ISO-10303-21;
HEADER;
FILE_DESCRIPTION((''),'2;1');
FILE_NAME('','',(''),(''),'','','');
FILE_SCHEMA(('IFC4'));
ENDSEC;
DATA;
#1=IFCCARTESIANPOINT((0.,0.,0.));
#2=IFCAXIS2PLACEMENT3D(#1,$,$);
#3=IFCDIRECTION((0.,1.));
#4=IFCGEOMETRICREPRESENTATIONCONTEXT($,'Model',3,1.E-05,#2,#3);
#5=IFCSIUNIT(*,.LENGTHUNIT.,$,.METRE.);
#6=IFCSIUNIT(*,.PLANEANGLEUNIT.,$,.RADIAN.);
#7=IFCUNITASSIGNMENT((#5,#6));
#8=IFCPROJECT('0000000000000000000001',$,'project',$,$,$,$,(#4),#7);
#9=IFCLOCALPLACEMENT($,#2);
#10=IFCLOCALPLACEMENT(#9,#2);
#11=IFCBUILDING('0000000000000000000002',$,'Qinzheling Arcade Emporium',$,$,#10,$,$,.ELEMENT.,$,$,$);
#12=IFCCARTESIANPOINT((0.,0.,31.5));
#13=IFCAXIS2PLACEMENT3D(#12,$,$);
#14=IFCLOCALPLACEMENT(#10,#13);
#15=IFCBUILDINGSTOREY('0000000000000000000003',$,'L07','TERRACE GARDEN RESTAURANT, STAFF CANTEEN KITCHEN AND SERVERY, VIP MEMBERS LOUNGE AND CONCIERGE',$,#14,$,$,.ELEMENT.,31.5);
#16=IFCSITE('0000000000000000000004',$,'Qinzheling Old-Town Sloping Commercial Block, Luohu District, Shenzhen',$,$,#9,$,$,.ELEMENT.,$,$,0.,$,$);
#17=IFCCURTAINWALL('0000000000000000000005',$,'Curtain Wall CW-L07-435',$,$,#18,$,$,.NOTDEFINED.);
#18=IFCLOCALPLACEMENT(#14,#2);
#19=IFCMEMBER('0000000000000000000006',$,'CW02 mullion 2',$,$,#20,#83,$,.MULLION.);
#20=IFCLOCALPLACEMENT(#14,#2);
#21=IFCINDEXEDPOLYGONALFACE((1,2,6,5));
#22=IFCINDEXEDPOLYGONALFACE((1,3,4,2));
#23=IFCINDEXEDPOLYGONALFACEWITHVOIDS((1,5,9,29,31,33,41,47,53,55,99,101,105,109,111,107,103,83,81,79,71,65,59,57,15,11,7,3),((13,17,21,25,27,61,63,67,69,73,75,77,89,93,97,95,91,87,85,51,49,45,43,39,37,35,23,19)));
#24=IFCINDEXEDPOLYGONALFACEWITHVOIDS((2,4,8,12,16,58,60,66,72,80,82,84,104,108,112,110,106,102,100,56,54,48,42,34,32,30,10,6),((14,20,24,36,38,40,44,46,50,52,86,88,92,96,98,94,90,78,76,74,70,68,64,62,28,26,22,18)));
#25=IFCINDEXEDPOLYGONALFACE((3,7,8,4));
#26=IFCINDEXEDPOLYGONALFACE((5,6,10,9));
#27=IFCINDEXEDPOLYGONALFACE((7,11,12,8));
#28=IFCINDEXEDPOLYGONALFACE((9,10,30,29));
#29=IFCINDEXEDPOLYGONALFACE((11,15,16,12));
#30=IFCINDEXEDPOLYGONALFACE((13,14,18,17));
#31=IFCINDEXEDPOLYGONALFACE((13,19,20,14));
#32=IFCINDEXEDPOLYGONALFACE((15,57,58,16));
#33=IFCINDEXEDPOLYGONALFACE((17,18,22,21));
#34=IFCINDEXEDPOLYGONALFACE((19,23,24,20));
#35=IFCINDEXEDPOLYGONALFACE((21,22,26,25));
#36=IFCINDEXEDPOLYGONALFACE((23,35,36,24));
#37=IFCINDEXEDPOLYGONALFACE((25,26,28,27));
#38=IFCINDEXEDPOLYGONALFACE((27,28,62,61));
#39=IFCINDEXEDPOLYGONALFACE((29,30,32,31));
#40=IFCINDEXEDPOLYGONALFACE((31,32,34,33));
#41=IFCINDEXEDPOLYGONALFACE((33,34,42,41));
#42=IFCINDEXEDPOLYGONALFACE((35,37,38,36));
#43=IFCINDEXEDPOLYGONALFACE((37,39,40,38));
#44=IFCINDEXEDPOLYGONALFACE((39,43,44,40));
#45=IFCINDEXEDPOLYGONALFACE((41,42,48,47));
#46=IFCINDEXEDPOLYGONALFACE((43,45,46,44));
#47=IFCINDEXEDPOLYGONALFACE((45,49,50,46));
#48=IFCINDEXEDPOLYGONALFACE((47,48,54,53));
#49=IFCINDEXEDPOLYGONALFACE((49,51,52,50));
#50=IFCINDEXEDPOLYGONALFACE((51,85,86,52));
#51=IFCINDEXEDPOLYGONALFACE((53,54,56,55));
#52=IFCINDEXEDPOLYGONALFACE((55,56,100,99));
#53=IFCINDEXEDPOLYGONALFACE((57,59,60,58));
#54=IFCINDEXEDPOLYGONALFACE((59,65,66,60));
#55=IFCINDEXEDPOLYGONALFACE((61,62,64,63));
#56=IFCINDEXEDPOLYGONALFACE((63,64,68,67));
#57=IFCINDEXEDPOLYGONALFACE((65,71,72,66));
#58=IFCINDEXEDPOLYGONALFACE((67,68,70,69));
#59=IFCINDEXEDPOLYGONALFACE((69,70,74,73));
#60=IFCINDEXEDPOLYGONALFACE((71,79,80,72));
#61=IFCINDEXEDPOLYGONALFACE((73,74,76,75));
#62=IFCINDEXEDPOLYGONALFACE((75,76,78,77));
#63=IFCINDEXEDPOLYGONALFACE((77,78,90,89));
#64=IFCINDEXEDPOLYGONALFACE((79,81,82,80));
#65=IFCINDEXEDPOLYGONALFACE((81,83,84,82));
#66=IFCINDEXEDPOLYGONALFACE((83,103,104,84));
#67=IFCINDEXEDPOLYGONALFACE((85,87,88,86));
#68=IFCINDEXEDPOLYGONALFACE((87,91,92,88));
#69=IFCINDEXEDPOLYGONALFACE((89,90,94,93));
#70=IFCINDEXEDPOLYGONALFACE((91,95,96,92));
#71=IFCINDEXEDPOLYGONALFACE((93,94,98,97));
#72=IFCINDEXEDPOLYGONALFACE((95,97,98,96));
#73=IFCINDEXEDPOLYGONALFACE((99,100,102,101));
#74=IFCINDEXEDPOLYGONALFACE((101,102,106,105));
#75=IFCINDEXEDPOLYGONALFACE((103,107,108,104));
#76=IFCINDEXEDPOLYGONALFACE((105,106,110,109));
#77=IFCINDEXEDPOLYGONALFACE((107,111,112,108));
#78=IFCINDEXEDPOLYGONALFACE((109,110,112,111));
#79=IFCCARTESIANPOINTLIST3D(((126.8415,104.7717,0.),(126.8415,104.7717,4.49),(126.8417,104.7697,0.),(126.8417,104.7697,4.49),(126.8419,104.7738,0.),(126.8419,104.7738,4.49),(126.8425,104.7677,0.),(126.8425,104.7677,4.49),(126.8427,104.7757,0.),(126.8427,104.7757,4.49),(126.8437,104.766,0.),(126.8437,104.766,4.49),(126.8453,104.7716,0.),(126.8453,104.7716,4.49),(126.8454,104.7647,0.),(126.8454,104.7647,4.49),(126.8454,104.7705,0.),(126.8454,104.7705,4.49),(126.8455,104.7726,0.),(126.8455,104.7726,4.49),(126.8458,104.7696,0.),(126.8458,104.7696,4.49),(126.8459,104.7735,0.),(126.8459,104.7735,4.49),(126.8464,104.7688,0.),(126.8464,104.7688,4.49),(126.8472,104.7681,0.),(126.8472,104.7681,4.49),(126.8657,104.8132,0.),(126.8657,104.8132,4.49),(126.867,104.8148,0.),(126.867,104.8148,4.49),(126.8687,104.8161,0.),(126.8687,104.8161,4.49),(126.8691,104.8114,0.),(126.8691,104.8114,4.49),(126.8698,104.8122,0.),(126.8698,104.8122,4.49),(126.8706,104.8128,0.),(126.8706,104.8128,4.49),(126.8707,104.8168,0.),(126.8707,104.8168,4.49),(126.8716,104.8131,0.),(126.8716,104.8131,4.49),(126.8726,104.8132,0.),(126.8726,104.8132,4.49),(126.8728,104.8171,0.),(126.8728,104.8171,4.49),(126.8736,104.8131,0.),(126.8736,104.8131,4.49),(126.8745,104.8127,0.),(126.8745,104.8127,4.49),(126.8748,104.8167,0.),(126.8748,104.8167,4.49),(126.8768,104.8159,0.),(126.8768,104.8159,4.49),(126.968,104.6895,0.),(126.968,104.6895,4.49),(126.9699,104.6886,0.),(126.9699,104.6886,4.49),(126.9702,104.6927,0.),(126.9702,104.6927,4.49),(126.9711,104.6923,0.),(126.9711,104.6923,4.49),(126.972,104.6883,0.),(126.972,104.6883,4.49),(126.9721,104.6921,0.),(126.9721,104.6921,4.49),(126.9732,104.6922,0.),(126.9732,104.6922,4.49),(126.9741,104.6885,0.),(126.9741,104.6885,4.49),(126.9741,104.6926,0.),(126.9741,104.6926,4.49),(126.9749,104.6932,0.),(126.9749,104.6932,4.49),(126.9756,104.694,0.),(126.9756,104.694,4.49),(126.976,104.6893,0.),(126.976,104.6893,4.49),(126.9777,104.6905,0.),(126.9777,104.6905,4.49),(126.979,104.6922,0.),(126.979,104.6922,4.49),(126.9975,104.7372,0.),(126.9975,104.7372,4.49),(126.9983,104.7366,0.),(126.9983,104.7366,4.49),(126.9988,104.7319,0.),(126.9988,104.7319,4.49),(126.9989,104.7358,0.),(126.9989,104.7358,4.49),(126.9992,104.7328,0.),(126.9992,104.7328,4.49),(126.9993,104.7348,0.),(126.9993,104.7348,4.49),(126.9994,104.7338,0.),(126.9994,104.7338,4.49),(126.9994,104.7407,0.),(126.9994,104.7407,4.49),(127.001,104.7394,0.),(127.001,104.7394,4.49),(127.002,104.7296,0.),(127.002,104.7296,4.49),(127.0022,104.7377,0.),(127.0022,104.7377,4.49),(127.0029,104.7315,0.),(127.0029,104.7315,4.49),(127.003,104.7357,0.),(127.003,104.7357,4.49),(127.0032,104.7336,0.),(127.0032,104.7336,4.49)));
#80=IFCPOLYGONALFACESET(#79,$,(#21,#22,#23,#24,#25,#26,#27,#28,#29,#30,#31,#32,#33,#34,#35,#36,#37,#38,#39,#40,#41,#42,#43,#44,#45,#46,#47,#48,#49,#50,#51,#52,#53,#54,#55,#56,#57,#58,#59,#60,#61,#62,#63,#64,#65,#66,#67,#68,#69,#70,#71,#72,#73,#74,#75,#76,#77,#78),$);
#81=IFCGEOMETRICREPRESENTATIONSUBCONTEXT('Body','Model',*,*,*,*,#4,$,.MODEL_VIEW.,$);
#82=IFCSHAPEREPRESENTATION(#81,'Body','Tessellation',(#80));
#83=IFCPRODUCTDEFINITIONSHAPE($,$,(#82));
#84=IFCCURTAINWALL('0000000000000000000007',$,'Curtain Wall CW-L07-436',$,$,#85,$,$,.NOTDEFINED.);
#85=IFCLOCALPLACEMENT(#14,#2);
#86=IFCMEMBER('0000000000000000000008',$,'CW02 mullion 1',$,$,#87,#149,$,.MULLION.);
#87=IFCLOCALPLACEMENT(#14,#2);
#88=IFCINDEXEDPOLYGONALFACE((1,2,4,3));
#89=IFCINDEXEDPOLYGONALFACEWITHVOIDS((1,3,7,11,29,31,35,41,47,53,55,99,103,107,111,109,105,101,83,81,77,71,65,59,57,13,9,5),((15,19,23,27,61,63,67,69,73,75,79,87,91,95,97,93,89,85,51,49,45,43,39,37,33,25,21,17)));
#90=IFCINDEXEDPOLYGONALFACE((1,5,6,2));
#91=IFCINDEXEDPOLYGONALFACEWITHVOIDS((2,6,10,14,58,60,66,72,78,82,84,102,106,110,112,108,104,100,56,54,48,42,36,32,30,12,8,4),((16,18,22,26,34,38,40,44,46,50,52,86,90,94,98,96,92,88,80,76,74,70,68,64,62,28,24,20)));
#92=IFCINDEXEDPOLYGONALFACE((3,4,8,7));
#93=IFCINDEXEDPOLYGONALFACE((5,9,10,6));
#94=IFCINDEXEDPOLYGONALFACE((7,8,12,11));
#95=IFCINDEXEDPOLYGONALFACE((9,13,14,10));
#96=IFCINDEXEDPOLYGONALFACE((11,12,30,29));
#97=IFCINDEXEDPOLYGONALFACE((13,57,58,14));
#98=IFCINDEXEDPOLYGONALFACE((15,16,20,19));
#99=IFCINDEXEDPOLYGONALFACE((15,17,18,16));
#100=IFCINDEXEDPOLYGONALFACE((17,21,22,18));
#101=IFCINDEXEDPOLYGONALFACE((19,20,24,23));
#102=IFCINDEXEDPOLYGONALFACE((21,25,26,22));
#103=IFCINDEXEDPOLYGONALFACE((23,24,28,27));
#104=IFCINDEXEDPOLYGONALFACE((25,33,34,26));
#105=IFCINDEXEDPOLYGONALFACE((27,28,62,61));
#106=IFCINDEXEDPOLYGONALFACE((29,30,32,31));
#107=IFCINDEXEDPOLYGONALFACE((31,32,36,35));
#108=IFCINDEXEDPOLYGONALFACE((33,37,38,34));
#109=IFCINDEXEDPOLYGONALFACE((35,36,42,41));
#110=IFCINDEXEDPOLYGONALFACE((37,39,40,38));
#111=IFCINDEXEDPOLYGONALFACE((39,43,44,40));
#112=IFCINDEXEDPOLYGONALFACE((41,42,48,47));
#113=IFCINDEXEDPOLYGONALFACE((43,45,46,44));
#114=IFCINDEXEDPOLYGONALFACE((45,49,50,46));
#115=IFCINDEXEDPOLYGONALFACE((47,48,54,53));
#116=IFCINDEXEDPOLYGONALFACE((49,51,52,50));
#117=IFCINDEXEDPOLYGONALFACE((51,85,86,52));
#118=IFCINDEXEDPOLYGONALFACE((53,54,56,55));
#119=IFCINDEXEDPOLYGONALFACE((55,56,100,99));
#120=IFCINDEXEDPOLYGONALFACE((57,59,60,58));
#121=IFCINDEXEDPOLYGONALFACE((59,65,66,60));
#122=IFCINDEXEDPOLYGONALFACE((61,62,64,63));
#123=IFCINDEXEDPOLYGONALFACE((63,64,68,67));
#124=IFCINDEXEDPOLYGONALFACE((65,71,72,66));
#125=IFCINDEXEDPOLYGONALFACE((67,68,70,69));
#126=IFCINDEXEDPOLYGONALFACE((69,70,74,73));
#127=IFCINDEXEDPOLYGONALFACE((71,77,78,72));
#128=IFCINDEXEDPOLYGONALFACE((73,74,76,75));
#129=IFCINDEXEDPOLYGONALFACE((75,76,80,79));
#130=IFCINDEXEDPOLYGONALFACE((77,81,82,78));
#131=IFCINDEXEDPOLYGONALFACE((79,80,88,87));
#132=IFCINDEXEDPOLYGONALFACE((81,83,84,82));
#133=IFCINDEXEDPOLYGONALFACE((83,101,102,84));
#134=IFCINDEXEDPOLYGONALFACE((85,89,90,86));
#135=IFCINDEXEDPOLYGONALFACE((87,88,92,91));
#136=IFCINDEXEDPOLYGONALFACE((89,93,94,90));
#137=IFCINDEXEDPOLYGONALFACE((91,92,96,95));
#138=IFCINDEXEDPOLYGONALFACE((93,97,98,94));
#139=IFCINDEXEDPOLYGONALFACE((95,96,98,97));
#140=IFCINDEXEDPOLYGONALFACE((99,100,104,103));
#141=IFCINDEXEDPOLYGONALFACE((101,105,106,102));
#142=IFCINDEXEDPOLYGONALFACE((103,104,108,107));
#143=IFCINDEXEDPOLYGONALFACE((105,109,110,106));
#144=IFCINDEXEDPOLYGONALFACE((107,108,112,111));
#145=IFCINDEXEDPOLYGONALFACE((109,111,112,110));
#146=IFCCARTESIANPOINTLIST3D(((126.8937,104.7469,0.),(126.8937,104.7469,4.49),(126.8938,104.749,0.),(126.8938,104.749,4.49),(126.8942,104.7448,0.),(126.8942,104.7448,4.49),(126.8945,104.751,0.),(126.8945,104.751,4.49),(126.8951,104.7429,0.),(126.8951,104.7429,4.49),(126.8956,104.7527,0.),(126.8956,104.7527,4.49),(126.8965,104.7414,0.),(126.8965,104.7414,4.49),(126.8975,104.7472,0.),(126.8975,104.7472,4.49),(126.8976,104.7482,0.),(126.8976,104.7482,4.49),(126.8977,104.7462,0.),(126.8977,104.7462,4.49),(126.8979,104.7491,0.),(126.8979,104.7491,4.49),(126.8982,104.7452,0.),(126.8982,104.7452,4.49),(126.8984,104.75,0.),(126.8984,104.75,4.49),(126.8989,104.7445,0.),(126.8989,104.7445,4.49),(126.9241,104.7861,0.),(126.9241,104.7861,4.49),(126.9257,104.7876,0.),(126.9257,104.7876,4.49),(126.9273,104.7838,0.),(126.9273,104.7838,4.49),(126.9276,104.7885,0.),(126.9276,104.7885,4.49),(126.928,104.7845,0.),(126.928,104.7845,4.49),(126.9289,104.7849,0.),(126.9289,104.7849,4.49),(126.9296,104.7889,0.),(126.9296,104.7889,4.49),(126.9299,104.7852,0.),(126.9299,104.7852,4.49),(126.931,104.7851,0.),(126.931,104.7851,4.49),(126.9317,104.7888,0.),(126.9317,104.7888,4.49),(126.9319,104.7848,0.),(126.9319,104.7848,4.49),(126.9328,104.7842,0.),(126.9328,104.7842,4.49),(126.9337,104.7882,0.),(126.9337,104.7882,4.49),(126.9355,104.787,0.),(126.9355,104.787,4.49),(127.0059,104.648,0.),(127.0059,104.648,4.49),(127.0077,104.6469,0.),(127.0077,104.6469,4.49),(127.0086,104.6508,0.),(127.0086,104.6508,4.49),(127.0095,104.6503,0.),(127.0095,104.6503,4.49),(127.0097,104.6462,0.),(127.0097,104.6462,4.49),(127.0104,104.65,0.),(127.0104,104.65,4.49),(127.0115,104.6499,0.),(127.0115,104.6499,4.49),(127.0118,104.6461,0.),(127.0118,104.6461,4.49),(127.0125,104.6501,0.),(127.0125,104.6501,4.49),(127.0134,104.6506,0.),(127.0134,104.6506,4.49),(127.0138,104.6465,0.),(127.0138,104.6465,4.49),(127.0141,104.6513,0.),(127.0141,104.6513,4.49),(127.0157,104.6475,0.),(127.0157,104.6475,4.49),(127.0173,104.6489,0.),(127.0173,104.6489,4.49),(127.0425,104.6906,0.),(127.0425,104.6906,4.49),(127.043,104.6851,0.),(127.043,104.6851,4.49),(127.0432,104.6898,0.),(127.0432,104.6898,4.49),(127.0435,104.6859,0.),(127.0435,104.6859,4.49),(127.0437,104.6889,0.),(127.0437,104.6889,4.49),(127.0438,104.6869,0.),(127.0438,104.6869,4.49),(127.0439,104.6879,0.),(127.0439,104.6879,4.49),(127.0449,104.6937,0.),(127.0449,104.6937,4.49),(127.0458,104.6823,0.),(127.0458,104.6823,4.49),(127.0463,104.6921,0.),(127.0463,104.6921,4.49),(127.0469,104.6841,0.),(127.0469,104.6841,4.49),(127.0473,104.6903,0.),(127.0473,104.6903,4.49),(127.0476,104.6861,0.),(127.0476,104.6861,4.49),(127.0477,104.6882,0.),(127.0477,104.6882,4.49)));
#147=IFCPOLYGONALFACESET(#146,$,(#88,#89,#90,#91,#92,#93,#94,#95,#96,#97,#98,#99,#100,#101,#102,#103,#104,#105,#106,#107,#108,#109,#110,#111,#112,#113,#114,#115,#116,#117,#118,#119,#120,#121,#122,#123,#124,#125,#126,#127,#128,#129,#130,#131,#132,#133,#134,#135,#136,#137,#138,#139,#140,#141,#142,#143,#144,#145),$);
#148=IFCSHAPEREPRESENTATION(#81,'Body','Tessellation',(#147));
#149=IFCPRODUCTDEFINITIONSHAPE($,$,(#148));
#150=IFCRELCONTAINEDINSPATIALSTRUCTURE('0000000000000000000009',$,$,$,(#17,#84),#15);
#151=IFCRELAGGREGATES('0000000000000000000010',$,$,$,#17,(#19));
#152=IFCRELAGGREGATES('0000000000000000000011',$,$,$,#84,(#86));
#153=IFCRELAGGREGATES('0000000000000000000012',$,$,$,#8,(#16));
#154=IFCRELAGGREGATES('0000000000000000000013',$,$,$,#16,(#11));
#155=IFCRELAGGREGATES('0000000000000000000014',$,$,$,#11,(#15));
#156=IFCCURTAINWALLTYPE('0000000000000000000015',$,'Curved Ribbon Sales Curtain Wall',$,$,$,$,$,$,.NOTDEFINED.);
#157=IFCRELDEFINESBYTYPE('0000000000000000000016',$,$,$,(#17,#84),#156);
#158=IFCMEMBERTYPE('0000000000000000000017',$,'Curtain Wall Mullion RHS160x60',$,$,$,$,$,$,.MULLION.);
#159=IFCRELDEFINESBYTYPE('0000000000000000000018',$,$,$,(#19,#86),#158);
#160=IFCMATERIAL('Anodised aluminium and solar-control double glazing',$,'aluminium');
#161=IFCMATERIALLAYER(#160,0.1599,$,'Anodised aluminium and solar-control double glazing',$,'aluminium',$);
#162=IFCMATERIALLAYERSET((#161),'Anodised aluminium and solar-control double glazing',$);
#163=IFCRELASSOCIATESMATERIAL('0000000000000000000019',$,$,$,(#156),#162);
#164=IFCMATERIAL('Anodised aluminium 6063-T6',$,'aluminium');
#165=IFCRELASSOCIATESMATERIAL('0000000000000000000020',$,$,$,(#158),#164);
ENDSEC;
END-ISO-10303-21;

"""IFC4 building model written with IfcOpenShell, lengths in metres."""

from ifc_helpers import new_model, si_unit, direction, frame, origin, origin_2d, place, context, subcontext, project, spatial, hollow_rectangle, extrude, material, layer, layer_set, material_profile, profile_set, type_object, element, aggregate, save


model = new_model("IFC4")

# Units and contexts
model_context = context("Model", 3, precision=1e-05, world=origin(), true_north=direction((0.0, 1.0)))
body_context = subcontext(model_context, "Body", "Model", "MODEL_VIEW")
ifc_project = project(units=[si_unit("LENGTHUNIT", "METRE"), si_unit("PLANEANGLEUNIT", "RADIAN")], contexts=[model_context])

# Site, building, storey
site_placement = place(None, origin())
site = spatial("IfcSite", under=ifc_project, at=site_placement, Name="Qinzheling Old-Town Sloping Commercial Block, Luohu District, Shenzhen", CompositionType="ELEMENT", RefElevation=0.0)
building_placement = place(site_placement, origin())
building = spatial("IfcBuilding", under=site, at=building_placement, Name="Qinzheling Arcade Emporium", CompositionType="ELEMENT")
storey_placement = place(building_placement, frame((0.0, 0.0, 31.5)))
storey = spatial("IfcBuildingStorey", under=building, at=storey_placement, Name="L07", Description="TERRACE GARDEN RESTAURANT, STAFF CANTEEN KITCHEN AND SERVERY, VIP MEMBERS LOUNGE AND CONCIERGE", CompositionType="ELEMENT", Elevation=31.5)

# Curtain wall, member
ifc_material_1 = material(Name="Anodised aluminium and solar-control double glazing", Category="aluminium")
ifc_layer_1 = layer(ifc_material_1, 0.1599, Name="Anodised aluminium and solar-control double glazing", Category="aluminium")
ifc_layer_set_1 = layer_set([ifc_layer_1], Name="Anodised aluminium and solar-control double glazing")
curtain_wall_type = type_object("IfcCurtainWallType", Name="Curved Ribbon Sales Curtain Wall", PredefinedType="NOTDEFINED", material=ifc_layer_set_1)
curtain_wall_1_placement = place(storey_placement, origin())
curtain_wall_1 = element("IfcCurtainWall", 1, at=curtain_wall_1_placement, inside=storey, type_object=curtain_wall_type, Name="Curtain Wall CW-L07-435", PredefinedType="NOTDEFINED")
ifc_material_2 = material(Name="Anodised aluminium 6063-T6", Category="aluminium")
ifc_material_profile_1 = material_profile(ifc_material_2, hollow_rectangle(XDim=0.0601, YDim=0.1599, WallThickness=0.0039, InnerFilletRadius=0.0039, OuterFilletRadius=0.0081, at=origin_2d()), Name="RHS 160x60x4", Category="aluminium")
ifc_profile_set_1 = profile_set([ifc_material_profile_1], Name="Anodised aluminium 6063-T6")
member_type_1 = type_object("IfcMemberType", Name="Curtain Wall Mullion RHS160x60", PredefinedType="MULLION", material=ifc_profile_set_1)
member_1_placement = place(storey_placement, frame((126.9224, 104.7527, 0.0), z_axis=(0.0, 0.0, 1.0), x_axis=(0.522714, 0.852508, 0.0)))
member_1 = element("IfcMember", 2, at=member_1_placement, type_object=member_type_1, Name="CW02 mullion 2", PredefinedType="MULLION", context=body_context, shape_type="SweptSolid", body=[
    extrude(hollow_rectangle(XDim=0.0601, YDim=0.1599, WallThickness=0.0039, InnerFilletRadius=0.0039, OuterFilletRadius=0.0081, at=origin_2d()), origin(), (0.0, 0.0, 1.0), 4.49),
])

# Curtain wall, member
curtain_wall_2_placement = place(storey_placement, origin())
curtain_wall_2 = element("IfcCurtainWall", 3, at=curtain_wall_2_placement, inside=storey, type_object=curtain_wall_type, Name="Curtain Wall CW-L07-436", PredefinedType="NOTDEFINED")
member_2_placement = place(storey_placement, frame((126.9707, 104.7175, 0.0), z_axis=(0.0, 0.0, 1.0), x_axis=(0.649137, 0.760671, 0.0)))
member_2 = element("IfcMember", 4, at=member_2_placement, type_object=member_type_1, Name="CW02 mullion 1", PredefinedType="MULLION", context=body_context, shape_type="SweptSolid", body=[
    extrude(hollow_rectangle(XDim=0.0601, YDim=0.1599, WallThickness=0.0039, InnerFilletRadius=0.0039, OuterFilletRadius=0.0081, at=origin_2d()), origin(), (0.0, 0.0, 1.0), 4.49),
])

aggregate(curtain_wall_1, [member_1])
aggregate(curtain_wall_2, [member_2])

save(model, "model.ifc")
